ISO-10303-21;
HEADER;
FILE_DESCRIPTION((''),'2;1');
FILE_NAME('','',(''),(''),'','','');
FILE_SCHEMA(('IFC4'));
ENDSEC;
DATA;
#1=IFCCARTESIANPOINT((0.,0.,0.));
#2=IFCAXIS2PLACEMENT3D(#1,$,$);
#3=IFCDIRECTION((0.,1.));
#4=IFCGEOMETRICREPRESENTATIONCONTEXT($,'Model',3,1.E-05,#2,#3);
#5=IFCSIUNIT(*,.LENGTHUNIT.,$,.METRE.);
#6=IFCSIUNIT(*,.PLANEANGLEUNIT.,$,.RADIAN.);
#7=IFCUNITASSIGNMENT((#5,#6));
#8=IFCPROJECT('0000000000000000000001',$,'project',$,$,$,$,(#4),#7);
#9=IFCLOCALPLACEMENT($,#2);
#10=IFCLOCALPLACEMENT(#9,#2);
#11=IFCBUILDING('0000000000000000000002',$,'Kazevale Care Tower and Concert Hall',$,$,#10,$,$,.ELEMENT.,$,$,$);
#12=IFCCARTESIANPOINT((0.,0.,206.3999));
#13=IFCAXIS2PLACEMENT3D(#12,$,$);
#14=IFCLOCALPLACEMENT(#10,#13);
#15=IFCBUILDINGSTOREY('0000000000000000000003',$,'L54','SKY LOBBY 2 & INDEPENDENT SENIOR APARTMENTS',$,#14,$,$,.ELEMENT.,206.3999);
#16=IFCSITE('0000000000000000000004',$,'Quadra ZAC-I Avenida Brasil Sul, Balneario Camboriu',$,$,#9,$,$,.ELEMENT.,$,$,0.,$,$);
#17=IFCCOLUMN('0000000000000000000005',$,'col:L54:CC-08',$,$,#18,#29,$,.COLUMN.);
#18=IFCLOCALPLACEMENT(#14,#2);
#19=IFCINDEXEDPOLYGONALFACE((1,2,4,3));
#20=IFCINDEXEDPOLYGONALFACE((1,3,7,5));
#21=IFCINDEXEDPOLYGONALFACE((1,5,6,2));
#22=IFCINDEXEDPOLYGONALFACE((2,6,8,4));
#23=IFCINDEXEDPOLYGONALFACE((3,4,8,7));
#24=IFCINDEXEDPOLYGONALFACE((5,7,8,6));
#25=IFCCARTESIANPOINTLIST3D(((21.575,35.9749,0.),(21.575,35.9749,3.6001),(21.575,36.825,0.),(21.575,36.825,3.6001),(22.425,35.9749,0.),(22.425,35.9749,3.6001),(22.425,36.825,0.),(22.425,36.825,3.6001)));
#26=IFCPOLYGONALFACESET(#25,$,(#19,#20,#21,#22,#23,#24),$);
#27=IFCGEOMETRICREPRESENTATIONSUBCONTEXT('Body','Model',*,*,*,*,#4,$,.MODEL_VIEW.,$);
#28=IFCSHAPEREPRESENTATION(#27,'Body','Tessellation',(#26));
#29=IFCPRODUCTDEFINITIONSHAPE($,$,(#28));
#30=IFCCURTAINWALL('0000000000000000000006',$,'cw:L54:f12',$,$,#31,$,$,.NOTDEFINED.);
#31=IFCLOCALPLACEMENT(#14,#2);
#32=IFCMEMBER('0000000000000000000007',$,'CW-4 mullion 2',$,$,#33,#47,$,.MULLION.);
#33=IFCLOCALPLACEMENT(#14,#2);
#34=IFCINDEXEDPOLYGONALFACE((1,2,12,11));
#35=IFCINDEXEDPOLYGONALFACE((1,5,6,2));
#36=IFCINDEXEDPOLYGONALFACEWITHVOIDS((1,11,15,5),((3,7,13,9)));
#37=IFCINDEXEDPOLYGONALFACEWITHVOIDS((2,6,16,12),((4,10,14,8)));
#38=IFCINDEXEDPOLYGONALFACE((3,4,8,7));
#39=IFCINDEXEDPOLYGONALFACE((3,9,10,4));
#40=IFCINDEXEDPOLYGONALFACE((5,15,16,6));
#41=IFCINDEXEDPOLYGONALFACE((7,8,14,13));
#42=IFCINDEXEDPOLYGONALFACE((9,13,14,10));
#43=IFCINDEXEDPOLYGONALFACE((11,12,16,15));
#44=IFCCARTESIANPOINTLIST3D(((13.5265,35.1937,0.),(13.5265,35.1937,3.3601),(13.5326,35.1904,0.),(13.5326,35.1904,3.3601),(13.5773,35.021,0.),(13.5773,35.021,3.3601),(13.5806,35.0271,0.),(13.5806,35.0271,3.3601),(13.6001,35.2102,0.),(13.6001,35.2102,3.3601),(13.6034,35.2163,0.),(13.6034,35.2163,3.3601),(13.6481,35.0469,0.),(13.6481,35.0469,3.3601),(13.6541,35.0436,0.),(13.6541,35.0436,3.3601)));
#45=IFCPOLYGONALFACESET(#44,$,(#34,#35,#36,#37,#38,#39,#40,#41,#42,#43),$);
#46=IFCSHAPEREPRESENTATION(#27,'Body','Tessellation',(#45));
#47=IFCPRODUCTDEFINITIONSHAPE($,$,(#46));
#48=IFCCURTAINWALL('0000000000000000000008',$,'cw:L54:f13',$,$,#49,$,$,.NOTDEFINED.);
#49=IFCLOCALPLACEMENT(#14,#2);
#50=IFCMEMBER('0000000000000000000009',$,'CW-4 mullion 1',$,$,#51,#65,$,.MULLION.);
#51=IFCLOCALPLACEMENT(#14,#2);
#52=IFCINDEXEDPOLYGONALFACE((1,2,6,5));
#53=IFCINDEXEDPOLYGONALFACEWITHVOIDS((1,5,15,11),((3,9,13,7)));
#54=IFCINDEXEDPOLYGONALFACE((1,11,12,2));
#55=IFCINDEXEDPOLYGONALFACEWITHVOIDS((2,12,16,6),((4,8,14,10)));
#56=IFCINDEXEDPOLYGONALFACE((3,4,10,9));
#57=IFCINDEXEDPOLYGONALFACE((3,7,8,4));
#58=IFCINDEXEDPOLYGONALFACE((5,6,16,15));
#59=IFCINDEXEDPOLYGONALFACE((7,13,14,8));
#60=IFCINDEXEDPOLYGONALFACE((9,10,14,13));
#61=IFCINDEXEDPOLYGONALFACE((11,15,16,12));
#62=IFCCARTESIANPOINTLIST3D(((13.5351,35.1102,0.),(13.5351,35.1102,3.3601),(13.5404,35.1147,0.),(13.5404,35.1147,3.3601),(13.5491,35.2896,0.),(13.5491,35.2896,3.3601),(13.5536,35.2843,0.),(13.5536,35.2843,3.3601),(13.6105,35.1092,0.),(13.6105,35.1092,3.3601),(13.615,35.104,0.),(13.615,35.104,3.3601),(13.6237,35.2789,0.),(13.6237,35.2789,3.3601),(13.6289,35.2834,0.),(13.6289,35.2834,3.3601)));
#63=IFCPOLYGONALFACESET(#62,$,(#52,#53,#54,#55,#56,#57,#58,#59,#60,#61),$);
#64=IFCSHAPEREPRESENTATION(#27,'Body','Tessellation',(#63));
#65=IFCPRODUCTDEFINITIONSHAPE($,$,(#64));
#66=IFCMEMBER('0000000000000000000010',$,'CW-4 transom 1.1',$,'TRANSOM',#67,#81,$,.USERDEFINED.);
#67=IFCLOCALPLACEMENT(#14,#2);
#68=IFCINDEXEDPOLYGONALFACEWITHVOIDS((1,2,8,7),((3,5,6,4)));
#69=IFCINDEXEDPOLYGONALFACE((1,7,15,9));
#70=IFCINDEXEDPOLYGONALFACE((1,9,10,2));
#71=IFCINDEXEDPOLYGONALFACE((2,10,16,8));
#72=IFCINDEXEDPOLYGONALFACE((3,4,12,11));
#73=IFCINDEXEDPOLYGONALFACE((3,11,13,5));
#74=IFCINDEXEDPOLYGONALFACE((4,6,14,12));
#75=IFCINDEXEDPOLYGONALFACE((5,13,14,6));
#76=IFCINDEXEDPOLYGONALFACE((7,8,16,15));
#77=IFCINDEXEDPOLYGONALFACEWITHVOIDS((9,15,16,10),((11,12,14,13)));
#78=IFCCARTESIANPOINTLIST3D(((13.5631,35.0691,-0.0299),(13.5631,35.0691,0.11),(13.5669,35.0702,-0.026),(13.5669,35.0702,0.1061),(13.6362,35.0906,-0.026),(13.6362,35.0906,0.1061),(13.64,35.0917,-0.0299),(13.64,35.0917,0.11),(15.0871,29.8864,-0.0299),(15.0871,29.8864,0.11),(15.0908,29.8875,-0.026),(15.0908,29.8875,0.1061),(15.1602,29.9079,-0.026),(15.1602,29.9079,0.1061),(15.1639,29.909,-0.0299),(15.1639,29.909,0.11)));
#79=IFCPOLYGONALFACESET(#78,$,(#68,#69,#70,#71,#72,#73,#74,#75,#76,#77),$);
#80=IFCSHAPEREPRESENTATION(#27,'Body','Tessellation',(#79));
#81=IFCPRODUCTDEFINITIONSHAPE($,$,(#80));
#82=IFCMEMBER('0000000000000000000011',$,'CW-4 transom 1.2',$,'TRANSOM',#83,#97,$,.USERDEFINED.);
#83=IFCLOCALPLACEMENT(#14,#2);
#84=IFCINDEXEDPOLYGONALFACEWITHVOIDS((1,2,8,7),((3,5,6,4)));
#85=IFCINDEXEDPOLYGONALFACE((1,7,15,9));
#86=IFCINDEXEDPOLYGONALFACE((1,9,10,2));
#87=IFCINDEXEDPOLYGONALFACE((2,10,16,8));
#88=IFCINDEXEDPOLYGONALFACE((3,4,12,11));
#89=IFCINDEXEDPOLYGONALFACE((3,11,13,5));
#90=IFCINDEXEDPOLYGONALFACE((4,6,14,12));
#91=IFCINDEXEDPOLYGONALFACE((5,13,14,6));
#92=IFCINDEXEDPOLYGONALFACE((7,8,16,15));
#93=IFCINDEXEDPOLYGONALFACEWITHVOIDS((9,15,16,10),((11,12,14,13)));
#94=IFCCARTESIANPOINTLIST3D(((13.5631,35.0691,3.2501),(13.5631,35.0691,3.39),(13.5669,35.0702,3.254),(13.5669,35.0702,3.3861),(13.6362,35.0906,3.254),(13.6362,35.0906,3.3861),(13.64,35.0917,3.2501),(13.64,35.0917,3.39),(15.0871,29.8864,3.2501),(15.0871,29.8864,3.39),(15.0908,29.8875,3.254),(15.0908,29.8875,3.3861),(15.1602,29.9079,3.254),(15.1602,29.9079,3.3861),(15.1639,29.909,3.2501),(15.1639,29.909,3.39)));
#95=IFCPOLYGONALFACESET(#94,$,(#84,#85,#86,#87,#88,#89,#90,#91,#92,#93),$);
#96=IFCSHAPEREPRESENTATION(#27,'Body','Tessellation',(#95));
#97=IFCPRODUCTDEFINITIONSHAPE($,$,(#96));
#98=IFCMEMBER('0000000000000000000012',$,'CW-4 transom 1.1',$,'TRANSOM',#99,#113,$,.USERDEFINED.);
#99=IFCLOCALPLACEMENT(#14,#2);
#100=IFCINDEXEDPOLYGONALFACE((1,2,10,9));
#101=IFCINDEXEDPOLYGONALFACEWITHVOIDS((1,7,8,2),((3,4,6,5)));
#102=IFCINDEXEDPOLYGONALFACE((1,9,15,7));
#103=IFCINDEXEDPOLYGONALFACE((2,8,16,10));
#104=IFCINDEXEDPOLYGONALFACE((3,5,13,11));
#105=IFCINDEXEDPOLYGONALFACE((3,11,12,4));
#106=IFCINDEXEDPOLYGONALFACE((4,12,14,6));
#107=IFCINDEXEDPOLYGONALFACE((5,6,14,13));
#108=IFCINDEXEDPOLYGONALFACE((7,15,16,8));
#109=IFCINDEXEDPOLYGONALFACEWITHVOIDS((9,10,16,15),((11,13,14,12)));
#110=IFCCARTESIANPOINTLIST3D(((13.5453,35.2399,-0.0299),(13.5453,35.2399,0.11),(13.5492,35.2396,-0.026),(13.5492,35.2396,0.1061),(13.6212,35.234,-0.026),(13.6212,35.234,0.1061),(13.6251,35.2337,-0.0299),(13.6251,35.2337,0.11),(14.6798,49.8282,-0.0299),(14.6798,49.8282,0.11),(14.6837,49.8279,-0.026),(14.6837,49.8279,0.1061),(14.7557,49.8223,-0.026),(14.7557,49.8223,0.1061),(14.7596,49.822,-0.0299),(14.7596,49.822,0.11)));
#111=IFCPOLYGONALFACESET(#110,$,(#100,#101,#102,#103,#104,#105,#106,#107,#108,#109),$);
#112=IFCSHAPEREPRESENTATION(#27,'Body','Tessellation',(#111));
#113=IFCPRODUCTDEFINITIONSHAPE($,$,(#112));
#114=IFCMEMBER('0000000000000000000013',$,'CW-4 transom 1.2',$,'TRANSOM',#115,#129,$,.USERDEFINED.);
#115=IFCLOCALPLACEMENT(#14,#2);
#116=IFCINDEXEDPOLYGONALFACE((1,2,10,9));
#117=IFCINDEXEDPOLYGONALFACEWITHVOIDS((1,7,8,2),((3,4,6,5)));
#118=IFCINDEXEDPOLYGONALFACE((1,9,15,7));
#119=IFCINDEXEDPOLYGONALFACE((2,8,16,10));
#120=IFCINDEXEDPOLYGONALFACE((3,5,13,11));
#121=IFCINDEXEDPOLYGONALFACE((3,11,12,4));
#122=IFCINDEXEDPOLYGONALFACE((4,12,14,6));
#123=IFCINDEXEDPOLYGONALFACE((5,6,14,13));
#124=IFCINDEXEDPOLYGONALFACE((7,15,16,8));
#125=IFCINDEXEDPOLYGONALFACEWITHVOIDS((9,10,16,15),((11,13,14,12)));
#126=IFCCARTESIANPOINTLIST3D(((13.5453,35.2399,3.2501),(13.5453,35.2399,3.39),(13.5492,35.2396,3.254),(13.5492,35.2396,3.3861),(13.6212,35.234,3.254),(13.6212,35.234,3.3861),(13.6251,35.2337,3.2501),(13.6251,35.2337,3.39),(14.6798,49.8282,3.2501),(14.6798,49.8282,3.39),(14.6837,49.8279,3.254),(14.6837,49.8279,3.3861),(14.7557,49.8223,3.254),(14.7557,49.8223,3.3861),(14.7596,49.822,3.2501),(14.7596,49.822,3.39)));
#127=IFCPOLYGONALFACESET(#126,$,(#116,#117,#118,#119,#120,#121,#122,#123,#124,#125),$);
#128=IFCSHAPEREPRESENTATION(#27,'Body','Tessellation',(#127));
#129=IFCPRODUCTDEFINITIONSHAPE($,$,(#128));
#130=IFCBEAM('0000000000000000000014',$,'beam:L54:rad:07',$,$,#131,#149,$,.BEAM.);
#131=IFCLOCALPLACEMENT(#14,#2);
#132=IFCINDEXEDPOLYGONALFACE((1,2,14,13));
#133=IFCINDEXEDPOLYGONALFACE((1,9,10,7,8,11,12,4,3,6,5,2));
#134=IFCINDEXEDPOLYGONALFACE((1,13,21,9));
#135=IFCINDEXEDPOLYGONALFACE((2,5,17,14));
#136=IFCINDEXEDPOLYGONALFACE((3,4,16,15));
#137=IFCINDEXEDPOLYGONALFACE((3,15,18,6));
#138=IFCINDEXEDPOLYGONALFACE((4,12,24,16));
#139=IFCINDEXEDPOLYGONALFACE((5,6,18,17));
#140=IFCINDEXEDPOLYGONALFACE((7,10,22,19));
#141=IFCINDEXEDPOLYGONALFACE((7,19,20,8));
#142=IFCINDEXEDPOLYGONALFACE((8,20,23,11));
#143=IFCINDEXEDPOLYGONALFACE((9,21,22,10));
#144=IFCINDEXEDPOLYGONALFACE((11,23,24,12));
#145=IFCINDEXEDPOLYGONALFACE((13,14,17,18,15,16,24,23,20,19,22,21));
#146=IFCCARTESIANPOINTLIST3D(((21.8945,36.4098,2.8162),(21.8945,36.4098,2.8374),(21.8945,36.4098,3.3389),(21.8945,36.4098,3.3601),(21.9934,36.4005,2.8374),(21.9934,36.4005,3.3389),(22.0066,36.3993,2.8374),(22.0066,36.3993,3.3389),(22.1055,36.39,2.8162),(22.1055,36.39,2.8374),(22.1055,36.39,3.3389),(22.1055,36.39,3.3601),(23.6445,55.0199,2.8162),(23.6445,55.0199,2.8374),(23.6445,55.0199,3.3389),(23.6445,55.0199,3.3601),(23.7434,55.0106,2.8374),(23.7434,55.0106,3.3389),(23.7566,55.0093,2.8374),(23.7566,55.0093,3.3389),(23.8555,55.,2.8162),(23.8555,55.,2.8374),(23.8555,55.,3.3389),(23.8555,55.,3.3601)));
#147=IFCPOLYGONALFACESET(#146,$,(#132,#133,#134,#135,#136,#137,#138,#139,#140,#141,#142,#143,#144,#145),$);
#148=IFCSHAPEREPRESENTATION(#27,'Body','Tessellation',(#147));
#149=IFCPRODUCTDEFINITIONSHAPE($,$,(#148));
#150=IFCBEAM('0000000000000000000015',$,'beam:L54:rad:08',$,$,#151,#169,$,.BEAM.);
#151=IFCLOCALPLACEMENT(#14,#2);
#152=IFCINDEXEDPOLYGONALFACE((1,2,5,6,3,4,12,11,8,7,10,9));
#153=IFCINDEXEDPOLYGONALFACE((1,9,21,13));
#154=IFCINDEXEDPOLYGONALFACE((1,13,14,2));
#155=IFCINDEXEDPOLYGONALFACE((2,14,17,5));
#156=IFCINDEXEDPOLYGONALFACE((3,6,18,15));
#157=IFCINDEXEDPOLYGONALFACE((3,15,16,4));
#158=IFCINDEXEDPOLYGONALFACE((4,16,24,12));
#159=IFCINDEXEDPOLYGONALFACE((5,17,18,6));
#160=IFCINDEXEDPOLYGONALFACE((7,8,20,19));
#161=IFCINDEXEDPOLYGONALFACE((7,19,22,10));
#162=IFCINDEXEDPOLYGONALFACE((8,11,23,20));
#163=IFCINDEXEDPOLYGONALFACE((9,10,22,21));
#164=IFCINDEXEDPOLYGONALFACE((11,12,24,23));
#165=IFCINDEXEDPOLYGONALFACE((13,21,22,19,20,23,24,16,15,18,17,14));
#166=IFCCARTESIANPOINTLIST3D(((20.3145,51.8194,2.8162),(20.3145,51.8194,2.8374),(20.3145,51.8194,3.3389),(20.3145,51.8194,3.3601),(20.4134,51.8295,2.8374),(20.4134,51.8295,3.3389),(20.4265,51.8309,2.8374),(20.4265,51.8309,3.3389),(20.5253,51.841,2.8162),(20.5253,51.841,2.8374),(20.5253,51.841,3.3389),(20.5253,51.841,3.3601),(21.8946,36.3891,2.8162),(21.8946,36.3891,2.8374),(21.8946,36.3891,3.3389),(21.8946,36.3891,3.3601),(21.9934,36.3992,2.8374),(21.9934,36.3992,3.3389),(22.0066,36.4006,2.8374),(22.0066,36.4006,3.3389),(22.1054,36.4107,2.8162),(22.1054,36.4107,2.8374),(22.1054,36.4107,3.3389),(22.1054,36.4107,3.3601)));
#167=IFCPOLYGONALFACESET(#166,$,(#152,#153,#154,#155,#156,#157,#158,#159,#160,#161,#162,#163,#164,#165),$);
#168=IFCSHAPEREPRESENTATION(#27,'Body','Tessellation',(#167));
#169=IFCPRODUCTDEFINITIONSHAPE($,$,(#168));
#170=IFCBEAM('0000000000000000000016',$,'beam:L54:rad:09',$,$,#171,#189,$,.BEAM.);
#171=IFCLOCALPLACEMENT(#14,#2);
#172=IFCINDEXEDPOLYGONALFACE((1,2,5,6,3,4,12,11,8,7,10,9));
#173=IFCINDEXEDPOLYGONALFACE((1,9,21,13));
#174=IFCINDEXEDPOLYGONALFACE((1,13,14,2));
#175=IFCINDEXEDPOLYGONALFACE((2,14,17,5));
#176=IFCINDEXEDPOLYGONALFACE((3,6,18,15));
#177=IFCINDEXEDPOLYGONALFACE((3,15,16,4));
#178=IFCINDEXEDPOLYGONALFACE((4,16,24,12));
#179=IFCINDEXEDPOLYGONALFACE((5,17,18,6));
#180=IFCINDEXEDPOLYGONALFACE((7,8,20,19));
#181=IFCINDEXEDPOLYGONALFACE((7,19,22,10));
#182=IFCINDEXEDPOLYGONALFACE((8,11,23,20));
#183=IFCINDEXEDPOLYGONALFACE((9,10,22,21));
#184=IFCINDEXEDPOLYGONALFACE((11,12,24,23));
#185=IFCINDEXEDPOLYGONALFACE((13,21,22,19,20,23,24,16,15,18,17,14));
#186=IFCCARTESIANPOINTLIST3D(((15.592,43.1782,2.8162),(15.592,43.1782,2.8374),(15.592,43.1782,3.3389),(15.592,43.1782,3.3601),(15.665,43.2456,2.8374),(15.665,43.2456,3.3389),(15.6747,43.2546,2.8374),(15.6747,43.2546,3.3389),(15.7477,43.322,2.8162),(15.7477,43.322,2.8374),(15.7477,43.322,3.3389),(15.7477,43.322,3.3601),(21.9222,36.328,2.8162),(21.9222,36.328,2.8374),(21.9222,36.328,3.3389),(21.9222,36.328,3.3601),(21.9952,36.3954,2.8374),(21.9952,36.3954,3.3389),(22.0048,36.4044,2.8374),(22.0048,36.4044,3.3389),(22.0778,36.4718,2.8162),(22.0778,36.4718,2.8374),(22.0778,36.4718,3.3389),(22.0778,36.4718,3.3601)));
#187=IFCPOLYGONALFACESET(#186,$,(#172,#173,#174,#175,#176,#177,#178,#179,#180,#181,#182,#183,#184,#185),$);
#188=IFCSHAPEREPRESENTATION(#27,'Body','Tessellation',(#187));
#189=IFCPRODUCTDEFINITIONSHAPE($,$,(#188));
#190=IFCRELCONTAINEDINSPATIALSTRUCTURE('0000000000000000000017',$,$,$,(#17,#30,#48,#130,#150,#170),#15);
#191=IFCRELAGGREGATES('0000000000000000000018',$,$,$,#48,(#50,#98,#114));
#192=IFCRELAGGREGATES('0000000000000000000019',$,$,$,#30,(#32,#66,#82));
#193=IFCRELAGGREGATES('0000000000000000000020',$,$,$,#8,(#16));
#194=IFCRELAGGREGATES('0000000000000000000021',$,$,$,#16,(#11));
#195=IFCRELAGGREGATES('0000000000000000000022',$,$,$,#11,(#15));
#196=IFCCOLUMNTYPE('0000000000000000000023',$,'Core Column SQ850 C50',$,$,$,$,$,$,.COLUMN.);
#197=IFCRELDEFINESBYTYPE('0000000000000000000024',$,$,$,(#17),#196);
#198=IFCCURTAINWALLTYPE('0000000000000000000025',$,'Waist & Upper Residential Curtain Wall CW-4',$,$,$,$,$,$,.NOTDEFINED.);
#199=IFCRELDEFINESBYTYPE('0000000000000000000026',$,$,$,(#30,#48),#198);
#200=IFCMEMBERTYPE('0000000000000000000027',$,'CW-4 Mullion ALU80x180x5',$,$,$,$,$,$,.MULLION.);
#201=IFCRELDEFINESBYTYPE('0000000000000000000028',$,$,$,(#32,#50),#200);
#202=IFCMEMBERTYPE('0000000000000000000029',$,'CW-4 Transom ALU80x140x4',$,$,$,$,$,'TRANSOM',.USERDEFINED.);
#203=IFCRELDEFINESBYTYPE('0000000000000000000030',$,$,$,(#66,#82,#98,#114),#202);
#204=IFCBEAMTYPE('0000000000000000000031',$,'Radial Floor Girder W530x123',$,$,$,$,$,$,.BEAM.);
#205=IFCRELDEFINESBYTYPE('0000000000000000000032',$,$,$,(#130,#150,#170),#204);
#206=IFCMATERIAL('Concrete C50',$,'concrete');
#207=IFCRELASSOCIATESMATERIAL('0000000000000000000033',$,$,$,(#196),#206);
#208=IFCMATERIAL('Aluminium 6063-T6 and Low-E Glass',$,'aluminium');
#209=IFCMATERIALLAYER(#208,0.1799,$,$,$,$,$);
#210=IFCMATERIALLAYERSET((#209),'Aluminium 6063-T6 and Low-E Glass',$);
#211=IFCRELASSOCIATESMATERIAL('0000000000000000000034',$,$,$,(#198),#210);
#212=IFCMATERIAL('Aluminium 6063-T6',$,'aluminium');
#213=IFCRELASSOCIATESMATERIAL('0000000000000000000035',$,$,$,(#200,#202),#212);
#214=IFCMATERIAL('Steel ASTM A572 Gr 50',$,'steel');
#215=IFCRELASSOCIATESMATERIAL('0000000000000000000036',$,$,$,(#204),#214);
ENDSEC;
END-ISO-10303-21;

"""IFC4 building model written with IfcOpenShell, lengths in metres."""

from ifc_helpers import new_model, si_unit, direction, frame, origin, origin_2d, place, context, subcontext, project, spatial, rectangle, hollow_rectangle, i_section, extrude, material, layer, layer_set, material_profile, profile_set, type_object, element, aggregate, save


model = new_model("IFC4")

# Units and contexts
model_context = context("Model", 3, precision=1e-05, world=origin(), true_north=direction((0.0, 1.0)))
body_context = subcontext(model_context, "Body", "Model", "MODEL_VIEW")
ifc_project = project(units=[si_unit("LENGTHUNIT", "METRE"), si_unit("PLANEANGLEUNIT", "RADIAN")], contexts=[model_context])

# Site, building, storey
site_placement = place(None, origin())
site = spatial("IfcSite", under=ifc_project, at=site_placement, Name="Quadra ZAC-I Avenida Brasil Sul, Balneario Camboriu", CompositionType="ELEMENT", RefElevation=0.0)
building_placement = place(site_placement, origin())
building = spatial("IfcBuilding", under=site, at=building_placement, Name="Kazevale Care Tower and Concert Hall", CompositionType="ELEMENT")
storey_placement = place(building_placement, frame((0.0, 0.0, 206.3999)))
storey = spatial("IfcBuildingStorey", under=building, at=storey_placement, Name="L54", Description="SKY LOBBY 2 & INDEPENDENT SENIOR APARTMENTS", CompositionType="ELEMENT", Elevation=206.3999)

# Column
ifc_material_1 = material(Name="Concrete C50", Category="concrete")
ifc_material_profile_1 = material_profile(ifc_material_1, rectangle(XDim=0.8501, YDim=0.8501, at=origin_2d()), Name="RC-SQ850")
ifc_profile_set_1 = profile_set([ifc_material_profile_1], Name="Concrete C50")
column_type = type_object("IfcColumnType", Name="Core Column SQ850 C50", PredefinedType="COLUMN", material=ifc_profile_set_1)
column_placement = place(storey_placement, frame((22.0, 36.3999, 0.0), z_axis=(0.0, 0.0, 1.0), x_axis=(1.0, 0.0, 0.0)))
element("IfcColumn", 1, at=column_placement, inside=storey, type_object=column_type, Name="col:L54:CC-08", PredefinedType="COLUMN", context=body_context, shape_type="SweptSolid", body=[
    extrude(rectangle(XDim=0.8501, YDim=0.8501, at=origin_2d()), origin(), (0.0, 0.0, 1.0), 3.6001),
])

# Curtain walls, members
ifc_material_2 = material(Name="Aluminium 6063-T6 and Low-E Glass", Category="aluminium")
ifc_layer_1 = layer(ifc_material_2, 0.1799)
ifc_layer_set_1 = layer_set([ifc_layer_1], Name="Aluminium 6063-T6 and Low-E Glass")
curtain_wall_type = type_object("IfcCurtainWallType", Name="Waist & Upper Residential Curtain Wall CW-4", PredefinedType="NOTDEFINED", material=ifc_layer_set_1)
curtain_wall_1_placement = place(storey_placement, origin())
curtain_wall_1 = element("IfcCurtainWall", 2, at=curtain_wall_1_placement, inside=storey, type_object=curtain_wall_type, Name="cw:L54:f12", PredefinedType="NOTDEFINED")
ifc_material_3 = material(Name="Aluminium 6063-T6", Category="aluminium")
ifc_material_profile_2 = material_profile(ifc_material_3, hollow_rectangle(XDim=0.0801, YDim=0.1799, WallThickness=0.0049, at=origin_2d()), Name="ALU80x180x5")
ifc_profile_set_2 = profile_set([ifc_material_profile_2], Name="Aluminium 6063-T6")
member_type_1 = type_object("IfcMemberType", Name="CW-4 Mullion ALU80x180x5", PredefinedType="MULLION", material=ifc_profile_set_2)
member_1_placement = place(storey_placement, frame((13.5903, 35.1187, 0.0), z_axis=(0.0, 0.0, 1.0), x_axis=(-0.959386, -0.282098, 0.0)))
member_1 = element("IfcMember", 3, at=member_1_placement, type_object=member_type_1, Name="CW-4 mullion 2", PredefinedType="MULLION", context=body_context, shape_type="SweptSolid", body=[
    extrude(hollow_rectangle(XDim=0.0801, YDim=0.1799, WallThickness=0.0049, at=origin_2d()), origin(), (0.0, 0.0, 1.0), 3.3601),
])
curtain_wall_2_placement = place(storey_placement, origin())
curtain_wall_2 = element("IfcCurtainWall", 4, at=curtain_wall_2_placement, inside=storey, type_object=curtain_wall_type, Name="cw:L54:f13", PredefinedType="NOTDEFINED")
member_2_placement = place(storey_placement, frame((13.582, 35.1968, 0.0), z_axis=(0.0, 0.0, 1.0), x_axis=(-0.996989, 0.077539, 0.0)))
member_2 = element("IfcMember", 5, at=member_2_placement, type_object=member_type_1, Name="CW-4 mullion 1", PredefinedType="MULLION", context=body_context, shape_type="SweptSolid", body=[
    extrude(hollow_rectangle(XDim=0.0801, YDim=0.1799, WallThickness=0.0049, at=origin_2d()), origin(), (0.0, 0.0, 1.0), 3.3601),
])

# Members
ifc_material_profile_3 = material_profile(ifc_material_3, hollow_rectangle(XDim=0.0801, YDim=0.1399, WallThickness=0.0039, at=origin_2d()), Name="ALU80x140x4")
ifc_profile_set_3 = profile_set([ifc_material_profile_3], Name="Aluminium 6063-T6")
member_type_2 = type_object("IfcMemberType", Name="CW-4 Transom ALU80x140x4", ElementType="TRANSOM", PredefinedType="USERDEFINED", material=ifc_profile_set_3)
member_3_placement = place(storey_placement, frame((15.1255, 29.8977, 0.04), z_axis=(-0.282103, 0.959384, 0.0), x_axis=(-0.959384, -0.282103, 0.0)))
member_3 = element("IfcMember", 6, at=member_3_placement, type_object=member_type_2, Name="CW-4 transom 1.1", ObjectType="TRANSOM", PredefinedType="USERDEFINED", context=body_context, shape_type="SweptSolid", body=[
    extrude(hollow_rectangle(XDim=0.0801, YDim=0.1399, WallThickness=0.0039, at=origin_2d()), origin(), (0.0, 0.0, 1.0), 5.4021),
])
member_4_placement = place(storey_placement, frame((15.1255, 29.8977, 3.3201), z_axis=(-0.282103, 0.959384, 0.0), x_axis=(-0.959384, -0.282103, 0.0)))
member_4 = element("IfcMember", 7, at=member_4_placement, type_object=member_type_2, Name="CW-4 transom 1.2", ObjectType="TRANSOM", PredefinedType="USERDEFINED", context=body_context, shape_type="SweptSolid", body=[
    extrude(hollow_rectangle(XDim=0.0801, YDim=0.1399, WallThickness=0.0039, at=origin_2d()), origin(), (0.0, 0.0, 1.0), 5.4021),
])
member_5_placement = place(storey_placement, frame((13.5852, 35.2368, 0.04), z_axis=(0.077535, 0.99699, 0.0), x_axis=(-0.99699, 0.077535, 0.0)))
member_5 = element("IfcMember", 8, at=member_5_placement, type_object=member_type_2, Name="CW-4 transom 1.1", ObjectType="TRANSOM", PredefinedType="USERDEFINED", context=body_context, shape_type="SweptSolid", body=[
    extrude(hollow_rectangle(XDim=0.0801, YDim=0.1399, WallThickness=0.0039, at=origin_2d()), origin(), (0.0, 0.0, 1.0), 14.6323),
])
member_6_placement = place(storey_placement, frame((13.5852, 35.2368, 3.3201), z_axis=(0.077535, 0.99699, 0.0), x_axis=(-0.99699, 0.077535, 0.0)))
member_6 = element("IfcMember", 9, at=member_6_placement, type_object=member_type_2, Name="CW-4 transom 1.2", ObjectType="TRANSOM", PredefinedType="USERDEFINED", context=body_context, shape_type="SweptSolid", body=[
    extrude(hollow_rectangle(XDim=0.0801, YDim=0.1399, WallThickness=0.0039, at=origin_2d()), origin(), (0.0, 0.0, 1.0), 14.6323),
])
aggregate(curtain_wall_2, [member_2, member_5, member_6])

# Beams
ifc_material_4 = material(Name="Steel ASTM A572 Gr 50", Category="steel")
ifc_material_profile_4 = material_profile(ifc_material_4, i_section(OverallWidth=0.2119, OverallDepth=0.5439, WebThickness=0.0132, FlangeThickness=0.0212, at=origin_2d()), Name="W530x123")
ifc_profile_set_4 = profile_set([ifc_material_profile_4], Name="Steel ASTM A572 Gr 50")
beam_type = type_object("IfcBeamType", Name="Radial Floor Girder W530x123", PredefinedType="BEAM", material=ifc_profile_set_4)
beam_1_placement = place(storey_placement, frame((22.0, 36.3999, 3.0881), z_axis=(0.093622, 0.995608, 0.0), x_axis=(-0.995608, 0.093622, 0.0)))
element("IfcBeam", 10, at=beam_1_placement, inside=storey, type_object=beam_type, Name="beam:L54:rad:07", PredefinedType="BEAM", context=body_context, shape_type="SweptSolid", body=[
    extrude(i_section(OverallWidth=0.2119, OverallDepth=0.5439, WebThickness=0.0132, FlangeThickness=0.0212, at=origin_2d()), origin(), (0.0, 0.0, 1.0), 18.6921),
])
beam_2_placement = place(storey_placement, frame((22.0, 36.3999, 3.0881), z_axis=(-0.101869, 0.994798, 0.0), x_axis=(-0.994798, -0.101869, 0.0)))
element("IfcBeam", 11, at=beam_2_placement, inside=storey, type_object=beam_type, Name="beam:L54:rad:08", PredefinedType="BEAM", context=body_context, shape_type="SweptSolid", body=[
    extrude(i_section(OverallWidth=0.2119, OverallDepth=0.5439, WebThickness=0.0132, FlangeThickness=0.0212, at=origin_2d()), origin(), (0.0, 0.0, 1.0), 15.511),
])
beam_3_placement = place(storey_placement, frame((22.0, 36.3999, 3.0881), z_axis=(-0.67868, 0.734434, 0.0), x_axis=(-0.734434, -0.67868, 0.0)))
element("IfcBeam", 12, at=beam_3_placement, inside=storey, type_object=beam_type, Name="beam:L54:rad:09", PredefinedType="BEAM", context=body_context, shape_type="SweptSolid", body=[
    extrude(i_section(OverallWidth=0.2119, OverallDepth=0.5439, WebThickness=0.0132, FlangeThickness=0.0212, at=origin_2d()), origin(), (0.0, 0.0, 1.0), 9.3271),
])

aggregate(curtain_wall_1, [member_1, member_3, member_4])

save(model, "model.ifc")
